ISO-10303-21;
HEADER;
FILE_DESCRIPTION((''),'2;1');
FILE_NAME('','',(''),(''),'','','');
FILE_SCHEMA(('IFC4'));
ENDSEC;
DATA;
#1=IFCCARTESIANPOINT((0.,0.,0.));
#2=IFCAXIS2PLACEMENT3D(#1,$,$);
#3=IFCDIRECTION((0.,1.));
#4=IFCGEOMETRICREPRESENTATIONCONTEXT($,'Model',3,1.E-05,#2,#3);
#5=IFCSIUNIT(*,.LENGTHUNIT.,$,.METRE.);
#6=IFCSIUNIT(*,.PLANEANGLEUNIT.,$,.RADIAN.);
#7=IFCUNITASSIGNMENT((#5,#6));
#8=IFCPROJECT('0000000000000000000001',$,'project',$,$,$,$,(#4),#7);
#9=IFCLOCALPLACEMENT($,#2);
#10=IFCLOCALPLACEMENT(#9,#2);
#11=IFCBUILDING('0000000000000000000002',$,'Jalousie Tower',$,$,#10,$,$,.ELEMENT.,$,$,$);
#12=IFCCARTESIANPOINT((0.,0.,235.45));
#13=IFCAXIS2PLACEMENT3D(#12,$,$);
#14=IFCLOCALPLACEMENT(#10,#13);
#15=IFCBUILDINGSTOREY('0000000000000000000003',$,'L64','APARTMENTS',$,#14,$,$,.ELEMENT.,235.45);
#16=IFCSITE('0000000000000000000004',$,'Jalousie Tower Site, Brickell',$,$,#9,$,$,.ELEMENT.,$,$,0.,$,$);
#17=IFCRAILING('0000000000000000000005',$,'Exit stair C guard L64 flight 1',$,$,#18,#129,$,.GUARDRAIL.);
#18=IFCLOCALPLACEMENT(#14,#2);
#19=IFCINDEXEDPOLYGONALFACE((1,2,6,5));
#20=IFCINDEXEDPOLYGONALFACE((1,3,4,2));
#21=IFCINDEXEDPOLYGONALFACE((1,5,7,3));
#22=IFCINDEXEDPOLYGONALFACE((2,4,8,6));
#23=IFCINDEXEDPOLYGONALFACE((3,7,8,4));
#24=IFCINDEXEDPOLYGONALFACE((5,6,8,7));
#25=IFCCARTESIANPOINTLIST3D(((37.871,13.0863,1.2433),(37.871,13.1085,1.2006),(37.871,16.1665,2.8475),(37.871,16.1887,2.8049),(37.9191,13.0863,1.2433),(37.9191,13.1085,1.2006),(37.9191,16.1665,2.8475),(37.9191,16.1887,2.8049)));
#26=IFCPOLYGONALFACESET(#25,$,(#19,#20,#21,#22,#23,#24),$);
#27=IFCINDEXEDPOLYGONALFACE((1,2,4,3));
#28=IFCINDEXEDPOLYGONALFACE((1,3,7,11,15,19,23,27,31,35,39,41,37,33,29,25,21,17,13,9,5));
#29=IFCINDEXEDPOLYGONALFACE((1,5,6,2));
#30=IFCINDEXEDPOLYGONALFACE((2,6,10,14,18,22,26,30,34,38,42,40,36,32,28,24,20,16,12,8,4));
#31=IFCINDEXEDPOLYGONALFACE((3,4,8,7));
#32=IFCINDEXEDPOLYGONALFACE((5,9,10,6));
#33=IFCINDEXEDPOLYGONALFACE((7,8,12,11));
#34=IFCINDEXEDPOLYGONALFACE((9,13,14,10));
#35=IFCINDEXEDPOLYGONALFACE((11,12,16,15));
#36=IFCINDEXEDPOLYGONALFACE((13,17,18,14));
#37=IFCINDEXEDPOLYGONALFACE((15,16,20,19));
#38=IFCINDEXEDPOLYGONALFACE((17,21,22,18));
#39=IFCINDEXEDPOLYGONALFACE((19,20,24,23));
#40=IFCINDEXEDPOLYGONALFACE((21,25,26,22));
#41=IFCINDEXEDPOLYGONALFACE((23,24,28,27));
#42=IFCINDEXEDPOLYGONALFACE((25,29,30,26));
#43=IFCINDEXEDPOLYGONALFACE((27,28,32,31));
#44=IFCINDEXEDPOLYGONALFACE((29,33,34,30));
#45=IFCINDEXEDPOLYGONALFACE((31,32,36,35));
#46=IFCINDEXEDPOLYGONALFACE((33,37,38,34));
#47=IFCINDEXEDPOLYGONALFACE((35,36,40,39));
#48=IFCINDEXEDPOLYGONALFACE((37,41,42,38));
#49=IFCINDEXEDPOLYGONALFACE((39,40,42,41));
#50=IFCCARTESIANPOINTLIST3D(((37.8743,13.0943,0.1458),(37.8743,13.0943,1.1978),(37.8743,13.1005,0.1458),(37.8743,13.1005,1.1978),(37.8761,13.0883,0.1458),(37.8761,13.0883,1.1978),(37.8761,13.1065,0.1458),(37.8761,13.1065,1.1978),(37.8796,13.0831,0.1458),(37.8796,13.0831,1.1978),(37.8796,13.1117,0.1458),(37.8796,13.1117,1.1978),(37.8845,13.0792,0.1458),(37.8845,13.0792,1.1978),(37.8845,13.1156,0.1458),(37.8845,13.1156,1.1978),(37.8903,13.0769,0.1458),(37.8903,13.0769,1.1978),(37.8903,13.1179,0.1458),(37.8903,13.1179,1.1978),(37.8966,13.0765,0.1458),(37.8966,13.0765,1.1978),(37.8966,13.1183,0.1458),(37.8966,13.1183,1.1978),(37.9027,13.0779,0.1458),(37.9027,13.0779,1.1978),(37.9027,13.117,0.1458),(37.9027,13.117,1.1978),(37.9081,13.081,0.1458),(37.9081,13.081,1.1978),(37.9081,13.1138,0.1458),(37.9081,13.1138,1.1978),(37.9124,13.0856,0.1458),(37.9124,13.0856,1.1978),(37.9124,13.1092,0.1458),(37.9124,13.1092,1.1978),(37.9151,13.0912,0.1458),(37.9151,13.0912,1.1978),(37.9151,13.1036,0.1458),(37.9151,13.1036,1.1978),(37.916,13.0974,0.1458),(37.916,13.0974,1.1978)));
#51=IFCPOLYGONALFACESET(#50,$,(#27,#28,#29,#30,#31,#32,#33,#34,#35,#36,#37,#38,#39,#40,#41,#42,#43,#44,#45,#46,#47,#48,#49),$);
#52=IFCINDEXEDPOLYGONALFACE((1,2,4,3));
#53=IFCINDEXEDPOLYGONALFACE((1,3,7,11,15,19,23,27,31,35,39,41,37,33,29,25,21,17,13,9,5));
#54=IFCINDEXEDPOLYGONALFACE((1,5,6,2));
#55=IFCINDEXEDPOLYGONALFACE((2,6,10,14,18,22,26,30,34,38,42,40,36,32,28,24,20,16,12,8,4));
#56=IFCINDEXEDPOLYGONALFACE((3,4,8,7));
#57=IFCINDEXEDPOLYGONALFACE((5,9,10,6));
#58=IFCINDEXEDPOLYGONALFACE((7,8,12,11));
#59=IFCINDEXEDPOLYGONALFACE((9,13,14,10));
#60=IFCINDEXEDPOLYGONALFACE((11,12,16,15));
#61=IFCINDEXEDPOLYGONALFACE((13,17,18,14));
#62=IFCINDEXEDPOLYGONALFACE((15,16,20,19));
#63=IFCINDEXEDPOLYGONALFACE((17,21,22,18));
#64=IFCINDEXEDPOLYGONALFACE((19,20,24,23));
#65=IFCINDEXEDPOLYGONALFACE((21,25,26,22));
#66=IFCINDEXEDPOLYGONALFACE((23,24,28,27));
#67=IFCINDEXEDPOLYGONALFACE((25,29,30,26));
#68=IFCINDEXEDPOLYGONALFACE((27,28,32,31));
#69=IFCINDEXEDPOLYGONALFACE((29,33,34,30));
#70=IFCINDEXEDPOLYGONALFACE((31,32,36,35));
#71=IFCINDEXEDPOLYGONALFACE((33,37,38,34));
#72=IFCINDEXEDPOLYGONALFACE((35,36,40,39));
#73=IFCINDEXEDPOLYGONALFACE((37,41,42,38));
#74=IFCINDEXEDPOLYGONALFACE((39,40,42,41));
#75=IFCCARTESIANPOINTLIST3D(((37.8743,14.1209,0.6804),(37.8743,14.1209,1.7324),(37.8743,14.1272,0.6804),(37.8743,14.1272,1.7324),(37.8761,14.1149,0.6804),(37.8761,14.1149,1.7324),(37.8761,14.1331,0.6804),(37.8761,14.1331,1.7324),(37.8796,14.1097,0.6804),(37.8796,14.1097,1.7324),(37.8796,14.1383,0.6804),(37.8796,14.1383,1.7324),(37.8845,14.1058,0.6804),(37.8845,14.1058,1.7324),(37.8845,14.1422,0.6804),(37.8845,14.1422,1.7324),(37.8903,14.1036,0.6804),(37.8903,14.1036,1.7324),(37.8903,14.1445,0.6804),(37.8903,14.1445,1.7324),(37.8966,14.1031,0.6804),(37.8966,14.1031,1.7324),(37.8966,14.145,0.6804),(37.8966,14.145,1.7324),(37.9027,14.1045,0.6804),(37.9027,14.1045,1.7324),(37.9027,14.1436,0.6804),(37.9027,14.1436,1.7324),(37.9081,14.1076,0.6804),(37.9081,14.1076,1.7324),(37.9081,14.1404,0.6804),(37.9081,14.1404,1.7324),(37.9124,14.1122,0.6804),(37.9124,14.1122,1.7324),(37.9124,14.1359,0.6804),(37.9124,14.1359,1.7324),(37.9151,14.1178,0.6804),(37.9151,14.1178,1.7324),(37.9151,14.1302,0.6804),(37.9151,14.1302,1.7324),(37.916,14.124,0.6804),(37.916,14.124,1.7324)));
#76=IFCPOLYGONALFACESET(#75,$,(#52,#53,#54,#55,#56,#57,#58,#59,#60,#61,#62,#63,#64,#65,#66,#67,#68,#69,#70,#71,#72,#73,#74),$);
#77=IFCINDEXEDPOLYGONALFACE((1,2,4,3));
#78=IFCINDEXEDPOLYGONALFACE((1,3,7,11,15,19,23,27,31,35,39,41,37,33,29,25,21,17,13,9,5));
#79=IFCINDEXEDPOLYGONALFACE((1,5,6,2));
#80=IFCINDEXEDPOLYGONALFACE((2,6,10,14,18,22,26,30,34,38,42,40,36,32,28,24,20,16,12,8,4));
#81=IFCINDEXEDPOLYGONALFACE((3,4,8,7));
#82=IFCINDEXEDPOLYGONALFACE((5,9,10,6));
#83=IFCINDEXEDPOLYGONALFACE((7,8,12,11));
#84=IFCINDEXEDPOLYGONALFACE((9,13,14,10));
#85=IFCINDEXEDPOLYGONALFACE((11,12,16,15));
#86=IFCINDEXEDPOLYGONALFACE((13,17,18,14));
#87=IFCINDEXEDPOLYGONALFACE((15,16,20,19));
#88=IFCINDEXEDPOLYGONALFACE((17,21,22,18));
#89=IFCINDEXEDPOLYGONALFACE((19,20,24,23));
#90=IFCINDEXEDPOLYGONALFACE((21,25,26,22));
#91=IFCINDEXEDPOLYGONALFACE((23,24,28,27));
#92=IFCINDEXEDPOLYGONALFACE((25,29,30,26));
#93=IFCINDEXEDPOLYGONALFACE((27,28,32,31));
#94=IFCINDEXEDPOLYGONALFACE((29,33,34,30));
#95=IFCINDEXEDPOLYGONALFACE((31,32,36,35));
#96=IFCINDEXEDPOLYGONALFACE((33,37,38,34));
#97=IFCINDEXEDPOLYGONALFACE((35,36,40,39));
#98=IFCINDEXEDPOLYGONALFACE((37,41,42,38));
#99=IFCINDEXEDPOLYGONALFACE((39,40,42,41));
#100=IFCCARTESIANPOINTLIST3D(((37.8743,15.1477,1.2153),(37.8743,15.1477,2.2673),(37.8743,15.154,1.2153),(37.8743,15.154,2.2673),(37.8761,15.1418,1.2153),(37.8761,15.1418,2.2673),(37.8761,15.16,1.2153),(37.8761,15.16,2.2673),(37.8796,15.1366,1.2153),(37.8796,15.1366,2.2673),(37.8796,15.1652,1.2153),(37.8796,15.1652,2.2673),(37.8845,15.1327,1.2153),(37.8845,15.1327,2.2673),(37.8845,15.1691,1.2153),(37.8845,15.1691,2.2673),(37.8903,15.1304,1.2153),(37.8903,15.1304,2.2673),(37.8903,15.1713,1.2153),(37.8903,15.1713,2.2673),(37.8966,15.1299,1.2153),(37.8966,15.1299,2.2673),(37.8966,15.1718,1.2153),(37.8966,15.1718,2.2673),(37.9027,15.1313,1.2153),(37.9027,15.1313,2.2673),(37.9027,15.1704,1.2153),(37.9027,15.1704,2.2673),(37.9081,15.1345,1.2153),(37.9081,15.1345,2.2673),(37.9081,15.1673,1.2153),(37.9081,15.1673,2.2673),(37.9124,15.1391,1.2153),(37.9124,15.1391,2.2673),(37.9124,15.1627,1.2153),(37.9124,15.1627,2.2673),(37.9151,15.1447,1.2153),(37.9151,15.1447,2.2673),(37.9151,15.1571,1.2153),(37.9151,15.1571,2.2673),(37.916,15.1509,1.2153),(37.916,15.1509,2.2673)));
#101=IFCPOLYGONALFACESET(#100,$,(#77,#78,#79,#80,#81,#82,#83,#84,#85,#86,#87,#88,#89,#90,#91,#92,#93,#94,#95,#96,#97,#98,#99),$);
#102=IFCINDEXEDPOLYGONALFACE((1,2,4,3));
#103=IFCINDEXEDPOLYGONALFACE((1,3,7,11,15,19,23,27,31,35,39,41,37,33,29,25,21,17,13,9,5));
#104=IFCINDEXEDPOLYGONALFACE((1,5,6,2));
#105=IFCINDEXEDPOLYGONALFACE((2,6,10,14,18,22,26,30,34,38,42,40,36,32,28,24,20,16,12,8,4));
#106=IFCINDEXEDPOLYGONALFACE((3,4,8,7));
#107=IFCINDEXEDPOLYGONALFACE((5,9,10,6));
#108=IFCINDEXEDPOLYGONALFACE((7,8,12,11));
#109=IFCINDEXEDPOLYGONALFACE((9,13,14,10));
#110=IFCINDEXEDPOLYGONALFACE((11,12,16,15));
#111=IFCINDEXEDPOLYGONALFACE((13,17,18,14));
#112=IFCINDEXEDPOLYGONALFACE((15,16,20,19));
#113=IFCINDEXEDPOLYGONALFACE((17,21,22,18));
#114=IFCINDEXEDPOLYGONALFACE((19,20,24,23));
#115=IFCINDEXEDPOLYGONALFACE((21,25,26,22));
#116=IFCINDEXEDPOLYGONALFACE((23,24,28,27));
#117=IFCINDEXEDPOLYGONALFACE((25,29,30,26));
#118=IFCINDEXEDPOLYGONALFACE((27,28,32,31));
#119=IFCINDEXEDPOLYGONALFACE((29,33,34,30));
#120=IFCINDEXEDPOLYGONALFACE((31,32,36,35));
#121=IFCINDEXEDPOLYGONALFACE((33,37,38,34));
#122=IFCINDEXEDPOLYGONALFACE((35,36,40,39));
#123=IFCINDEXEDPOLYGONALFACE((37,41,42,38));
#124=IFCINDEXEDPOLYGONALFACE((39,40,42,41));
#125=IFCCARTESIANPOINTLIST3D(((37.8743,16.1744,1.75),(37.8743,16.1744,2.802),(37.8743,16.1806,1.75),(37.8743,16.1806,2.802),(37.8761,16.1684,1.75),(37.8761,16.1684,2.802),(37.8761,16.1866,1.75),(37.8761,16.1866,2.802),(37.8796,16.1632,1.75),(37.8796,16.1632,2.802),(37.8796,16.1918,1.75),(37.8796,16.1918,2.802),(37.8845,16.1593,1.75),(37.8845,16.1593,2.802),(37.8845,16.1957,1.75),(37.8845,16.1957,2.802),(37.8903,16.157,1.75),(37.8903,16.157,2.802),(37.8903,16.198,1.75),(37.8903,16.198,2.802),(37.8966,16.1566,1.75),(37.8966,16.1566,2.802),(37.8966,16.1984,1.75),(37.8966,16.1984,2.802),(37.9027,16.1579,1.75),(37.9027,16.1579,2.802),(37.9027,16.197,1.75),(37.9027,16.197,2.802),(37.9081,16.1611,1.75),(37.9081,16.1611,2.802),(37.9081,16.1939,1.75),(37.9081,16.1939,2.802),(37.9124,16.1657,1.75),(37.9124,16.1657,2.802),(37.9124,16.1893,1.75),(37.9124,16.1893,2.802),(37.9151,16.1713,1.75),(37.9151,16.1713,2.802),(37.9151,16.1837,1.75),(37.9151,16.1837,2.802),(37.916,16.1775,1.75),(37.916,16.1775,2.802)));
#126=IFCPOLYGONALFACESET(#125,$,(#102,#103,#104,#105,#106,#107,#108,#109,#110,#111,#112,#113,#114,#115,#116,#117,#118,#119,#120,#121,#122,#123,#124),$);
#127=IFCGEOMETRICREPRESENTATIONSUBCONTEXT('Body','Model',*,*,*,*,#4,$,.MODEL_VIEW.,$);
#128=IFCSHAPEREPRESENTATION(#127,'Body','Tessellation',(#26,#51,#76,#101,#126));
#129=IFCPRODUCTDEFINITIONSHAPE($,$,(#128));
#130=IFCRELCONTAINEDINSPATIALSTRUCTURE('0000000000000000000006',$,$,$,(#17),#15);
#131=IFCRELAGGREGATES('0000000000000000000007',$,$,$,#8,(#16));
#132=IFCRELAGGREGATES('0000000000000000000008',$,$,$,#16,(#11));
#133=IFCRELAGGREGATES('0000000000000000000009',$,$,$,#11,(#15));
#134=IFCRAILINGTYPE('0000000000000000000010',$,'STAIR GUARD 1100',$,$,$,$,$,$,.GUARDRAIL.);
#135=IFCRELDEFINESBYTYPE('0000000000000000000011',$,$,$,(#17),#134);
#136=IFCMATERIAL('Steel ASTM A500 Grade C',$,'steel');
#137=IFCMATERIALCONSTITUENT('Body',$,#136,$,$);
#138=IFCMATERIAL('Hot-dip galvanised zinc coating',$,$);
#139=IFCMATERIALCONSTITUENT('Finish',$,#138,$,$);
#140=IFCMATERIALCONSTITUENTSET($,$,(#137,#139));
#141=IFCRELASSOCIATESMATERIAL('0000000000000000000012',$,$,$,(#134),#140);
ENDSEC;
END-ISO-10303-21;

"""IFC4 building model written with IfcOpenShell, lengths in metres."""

from ifc_helpers import new_model, si_unit, direction, frame, origin, origin_2d, place, context, subcontext, project, spatial, rectangle, circle, extrude, material, constituent, constituent_set, type_object, element, save


model = new_model("IFC4")

# Units and contexts
model_context = context("Model", 3, precision=1e-05, world=origin(), true_north=direction((0.0, 1.0)))
body_context = subcontext(model_context, "Body", "Model", "MODEL_VIEW")
ifc_project = project(units=[si_unit("LENGTHUNIT", "METRE"), si_unit("PLANEANGLEUNIT", "RADIAN")], contexts=[model_context])

# Site, building, storey
site_placement = place(None, origin())
site = spatial("IfcSite", under=ifc_project, at=site_placement, Name="Jalousie Tower Site, Brickell", CompositionType="ELEMENT", RefElevation=0.0)
building_placement = place(site_placement, origin())
building = spatial("IfcBuilding", under=site, at=building_placement, Name="Jalousie Tower", CompositionType="ELEMENT")
storey_placement = place(building_placement, frame((0.0, 0.0, 235.45)))
storey = spatial("IfcBuildingStorey", under=building, at=storey_placement, Name="L64", Description="APARTMENTS", CompositionType="ELEMENT", Elevation=235.45)

# Railing
ifc_material_1 = material(Name="Steel ASTM A500 Grade C", Category="steel")
ifc_constituent_1 = constituent(ifc_material_1, Name="Body")
ifc_material_2 = material(Name="Hot-dip galvanised zinc coating")
ifc_constituent_2 = constituent(ifc_material_2, Name="Finish")
ifc_constituent_set_1 = constituent_set(constituents=[ifc_constituent_1, ifc_constituent_2])
railing_type_1 = type_object("IfcRailingType", Name="STAIR GUARD 1100", PredefinedType="GUARDRAIL", material=ifc_constituent_set_1)
railing_1_placement = place(storey_placement, frame((37.895, 13.0974, 0.1458)))
element("IfcRailing", 1, at=railing_1_placement, inside=storey, type_object=railing_type_1, Name="Exit stair C guard L64 flight 1", PredefinedType="GUARDRAIL", context=body_context, shape_type="SweptSolid", body=[
    extrude(rectangle(XDim=0.0481, YDim=0.0481, at=origin_2d()), frame((0.0, 0.0, 1.0762), z_axis=(0.0, 0.886909, 0.461944), x_axis=(-1.0, 0.0, 0.0)), (0.0, 0.0, 1.0), 3.4729),
    extrude(circle(Radius=0.021, at=origin_2d()), origin(), (0.0, 0.0, 1.0), 1.052),
    extrude(circle(Radius=0.021, at=origin_2d()), frame((0.0, 1.0266, 0.5347)), (0.0, 0.0, 1.0), 1.052),
    extrude(circle(Radius=0.021, at=origin_2d()), frame((0.0, 2.0535, 1.0696)), (0.0, 0.0, 1.0), 1.052),
    extrude(circle(Radius=0.021, at=origin_2d()), frame((0.0, 3.0801, 1.6042)), (0.0, 0.0, 1.0), 1.052),
])

save(model, "model.ifc")
